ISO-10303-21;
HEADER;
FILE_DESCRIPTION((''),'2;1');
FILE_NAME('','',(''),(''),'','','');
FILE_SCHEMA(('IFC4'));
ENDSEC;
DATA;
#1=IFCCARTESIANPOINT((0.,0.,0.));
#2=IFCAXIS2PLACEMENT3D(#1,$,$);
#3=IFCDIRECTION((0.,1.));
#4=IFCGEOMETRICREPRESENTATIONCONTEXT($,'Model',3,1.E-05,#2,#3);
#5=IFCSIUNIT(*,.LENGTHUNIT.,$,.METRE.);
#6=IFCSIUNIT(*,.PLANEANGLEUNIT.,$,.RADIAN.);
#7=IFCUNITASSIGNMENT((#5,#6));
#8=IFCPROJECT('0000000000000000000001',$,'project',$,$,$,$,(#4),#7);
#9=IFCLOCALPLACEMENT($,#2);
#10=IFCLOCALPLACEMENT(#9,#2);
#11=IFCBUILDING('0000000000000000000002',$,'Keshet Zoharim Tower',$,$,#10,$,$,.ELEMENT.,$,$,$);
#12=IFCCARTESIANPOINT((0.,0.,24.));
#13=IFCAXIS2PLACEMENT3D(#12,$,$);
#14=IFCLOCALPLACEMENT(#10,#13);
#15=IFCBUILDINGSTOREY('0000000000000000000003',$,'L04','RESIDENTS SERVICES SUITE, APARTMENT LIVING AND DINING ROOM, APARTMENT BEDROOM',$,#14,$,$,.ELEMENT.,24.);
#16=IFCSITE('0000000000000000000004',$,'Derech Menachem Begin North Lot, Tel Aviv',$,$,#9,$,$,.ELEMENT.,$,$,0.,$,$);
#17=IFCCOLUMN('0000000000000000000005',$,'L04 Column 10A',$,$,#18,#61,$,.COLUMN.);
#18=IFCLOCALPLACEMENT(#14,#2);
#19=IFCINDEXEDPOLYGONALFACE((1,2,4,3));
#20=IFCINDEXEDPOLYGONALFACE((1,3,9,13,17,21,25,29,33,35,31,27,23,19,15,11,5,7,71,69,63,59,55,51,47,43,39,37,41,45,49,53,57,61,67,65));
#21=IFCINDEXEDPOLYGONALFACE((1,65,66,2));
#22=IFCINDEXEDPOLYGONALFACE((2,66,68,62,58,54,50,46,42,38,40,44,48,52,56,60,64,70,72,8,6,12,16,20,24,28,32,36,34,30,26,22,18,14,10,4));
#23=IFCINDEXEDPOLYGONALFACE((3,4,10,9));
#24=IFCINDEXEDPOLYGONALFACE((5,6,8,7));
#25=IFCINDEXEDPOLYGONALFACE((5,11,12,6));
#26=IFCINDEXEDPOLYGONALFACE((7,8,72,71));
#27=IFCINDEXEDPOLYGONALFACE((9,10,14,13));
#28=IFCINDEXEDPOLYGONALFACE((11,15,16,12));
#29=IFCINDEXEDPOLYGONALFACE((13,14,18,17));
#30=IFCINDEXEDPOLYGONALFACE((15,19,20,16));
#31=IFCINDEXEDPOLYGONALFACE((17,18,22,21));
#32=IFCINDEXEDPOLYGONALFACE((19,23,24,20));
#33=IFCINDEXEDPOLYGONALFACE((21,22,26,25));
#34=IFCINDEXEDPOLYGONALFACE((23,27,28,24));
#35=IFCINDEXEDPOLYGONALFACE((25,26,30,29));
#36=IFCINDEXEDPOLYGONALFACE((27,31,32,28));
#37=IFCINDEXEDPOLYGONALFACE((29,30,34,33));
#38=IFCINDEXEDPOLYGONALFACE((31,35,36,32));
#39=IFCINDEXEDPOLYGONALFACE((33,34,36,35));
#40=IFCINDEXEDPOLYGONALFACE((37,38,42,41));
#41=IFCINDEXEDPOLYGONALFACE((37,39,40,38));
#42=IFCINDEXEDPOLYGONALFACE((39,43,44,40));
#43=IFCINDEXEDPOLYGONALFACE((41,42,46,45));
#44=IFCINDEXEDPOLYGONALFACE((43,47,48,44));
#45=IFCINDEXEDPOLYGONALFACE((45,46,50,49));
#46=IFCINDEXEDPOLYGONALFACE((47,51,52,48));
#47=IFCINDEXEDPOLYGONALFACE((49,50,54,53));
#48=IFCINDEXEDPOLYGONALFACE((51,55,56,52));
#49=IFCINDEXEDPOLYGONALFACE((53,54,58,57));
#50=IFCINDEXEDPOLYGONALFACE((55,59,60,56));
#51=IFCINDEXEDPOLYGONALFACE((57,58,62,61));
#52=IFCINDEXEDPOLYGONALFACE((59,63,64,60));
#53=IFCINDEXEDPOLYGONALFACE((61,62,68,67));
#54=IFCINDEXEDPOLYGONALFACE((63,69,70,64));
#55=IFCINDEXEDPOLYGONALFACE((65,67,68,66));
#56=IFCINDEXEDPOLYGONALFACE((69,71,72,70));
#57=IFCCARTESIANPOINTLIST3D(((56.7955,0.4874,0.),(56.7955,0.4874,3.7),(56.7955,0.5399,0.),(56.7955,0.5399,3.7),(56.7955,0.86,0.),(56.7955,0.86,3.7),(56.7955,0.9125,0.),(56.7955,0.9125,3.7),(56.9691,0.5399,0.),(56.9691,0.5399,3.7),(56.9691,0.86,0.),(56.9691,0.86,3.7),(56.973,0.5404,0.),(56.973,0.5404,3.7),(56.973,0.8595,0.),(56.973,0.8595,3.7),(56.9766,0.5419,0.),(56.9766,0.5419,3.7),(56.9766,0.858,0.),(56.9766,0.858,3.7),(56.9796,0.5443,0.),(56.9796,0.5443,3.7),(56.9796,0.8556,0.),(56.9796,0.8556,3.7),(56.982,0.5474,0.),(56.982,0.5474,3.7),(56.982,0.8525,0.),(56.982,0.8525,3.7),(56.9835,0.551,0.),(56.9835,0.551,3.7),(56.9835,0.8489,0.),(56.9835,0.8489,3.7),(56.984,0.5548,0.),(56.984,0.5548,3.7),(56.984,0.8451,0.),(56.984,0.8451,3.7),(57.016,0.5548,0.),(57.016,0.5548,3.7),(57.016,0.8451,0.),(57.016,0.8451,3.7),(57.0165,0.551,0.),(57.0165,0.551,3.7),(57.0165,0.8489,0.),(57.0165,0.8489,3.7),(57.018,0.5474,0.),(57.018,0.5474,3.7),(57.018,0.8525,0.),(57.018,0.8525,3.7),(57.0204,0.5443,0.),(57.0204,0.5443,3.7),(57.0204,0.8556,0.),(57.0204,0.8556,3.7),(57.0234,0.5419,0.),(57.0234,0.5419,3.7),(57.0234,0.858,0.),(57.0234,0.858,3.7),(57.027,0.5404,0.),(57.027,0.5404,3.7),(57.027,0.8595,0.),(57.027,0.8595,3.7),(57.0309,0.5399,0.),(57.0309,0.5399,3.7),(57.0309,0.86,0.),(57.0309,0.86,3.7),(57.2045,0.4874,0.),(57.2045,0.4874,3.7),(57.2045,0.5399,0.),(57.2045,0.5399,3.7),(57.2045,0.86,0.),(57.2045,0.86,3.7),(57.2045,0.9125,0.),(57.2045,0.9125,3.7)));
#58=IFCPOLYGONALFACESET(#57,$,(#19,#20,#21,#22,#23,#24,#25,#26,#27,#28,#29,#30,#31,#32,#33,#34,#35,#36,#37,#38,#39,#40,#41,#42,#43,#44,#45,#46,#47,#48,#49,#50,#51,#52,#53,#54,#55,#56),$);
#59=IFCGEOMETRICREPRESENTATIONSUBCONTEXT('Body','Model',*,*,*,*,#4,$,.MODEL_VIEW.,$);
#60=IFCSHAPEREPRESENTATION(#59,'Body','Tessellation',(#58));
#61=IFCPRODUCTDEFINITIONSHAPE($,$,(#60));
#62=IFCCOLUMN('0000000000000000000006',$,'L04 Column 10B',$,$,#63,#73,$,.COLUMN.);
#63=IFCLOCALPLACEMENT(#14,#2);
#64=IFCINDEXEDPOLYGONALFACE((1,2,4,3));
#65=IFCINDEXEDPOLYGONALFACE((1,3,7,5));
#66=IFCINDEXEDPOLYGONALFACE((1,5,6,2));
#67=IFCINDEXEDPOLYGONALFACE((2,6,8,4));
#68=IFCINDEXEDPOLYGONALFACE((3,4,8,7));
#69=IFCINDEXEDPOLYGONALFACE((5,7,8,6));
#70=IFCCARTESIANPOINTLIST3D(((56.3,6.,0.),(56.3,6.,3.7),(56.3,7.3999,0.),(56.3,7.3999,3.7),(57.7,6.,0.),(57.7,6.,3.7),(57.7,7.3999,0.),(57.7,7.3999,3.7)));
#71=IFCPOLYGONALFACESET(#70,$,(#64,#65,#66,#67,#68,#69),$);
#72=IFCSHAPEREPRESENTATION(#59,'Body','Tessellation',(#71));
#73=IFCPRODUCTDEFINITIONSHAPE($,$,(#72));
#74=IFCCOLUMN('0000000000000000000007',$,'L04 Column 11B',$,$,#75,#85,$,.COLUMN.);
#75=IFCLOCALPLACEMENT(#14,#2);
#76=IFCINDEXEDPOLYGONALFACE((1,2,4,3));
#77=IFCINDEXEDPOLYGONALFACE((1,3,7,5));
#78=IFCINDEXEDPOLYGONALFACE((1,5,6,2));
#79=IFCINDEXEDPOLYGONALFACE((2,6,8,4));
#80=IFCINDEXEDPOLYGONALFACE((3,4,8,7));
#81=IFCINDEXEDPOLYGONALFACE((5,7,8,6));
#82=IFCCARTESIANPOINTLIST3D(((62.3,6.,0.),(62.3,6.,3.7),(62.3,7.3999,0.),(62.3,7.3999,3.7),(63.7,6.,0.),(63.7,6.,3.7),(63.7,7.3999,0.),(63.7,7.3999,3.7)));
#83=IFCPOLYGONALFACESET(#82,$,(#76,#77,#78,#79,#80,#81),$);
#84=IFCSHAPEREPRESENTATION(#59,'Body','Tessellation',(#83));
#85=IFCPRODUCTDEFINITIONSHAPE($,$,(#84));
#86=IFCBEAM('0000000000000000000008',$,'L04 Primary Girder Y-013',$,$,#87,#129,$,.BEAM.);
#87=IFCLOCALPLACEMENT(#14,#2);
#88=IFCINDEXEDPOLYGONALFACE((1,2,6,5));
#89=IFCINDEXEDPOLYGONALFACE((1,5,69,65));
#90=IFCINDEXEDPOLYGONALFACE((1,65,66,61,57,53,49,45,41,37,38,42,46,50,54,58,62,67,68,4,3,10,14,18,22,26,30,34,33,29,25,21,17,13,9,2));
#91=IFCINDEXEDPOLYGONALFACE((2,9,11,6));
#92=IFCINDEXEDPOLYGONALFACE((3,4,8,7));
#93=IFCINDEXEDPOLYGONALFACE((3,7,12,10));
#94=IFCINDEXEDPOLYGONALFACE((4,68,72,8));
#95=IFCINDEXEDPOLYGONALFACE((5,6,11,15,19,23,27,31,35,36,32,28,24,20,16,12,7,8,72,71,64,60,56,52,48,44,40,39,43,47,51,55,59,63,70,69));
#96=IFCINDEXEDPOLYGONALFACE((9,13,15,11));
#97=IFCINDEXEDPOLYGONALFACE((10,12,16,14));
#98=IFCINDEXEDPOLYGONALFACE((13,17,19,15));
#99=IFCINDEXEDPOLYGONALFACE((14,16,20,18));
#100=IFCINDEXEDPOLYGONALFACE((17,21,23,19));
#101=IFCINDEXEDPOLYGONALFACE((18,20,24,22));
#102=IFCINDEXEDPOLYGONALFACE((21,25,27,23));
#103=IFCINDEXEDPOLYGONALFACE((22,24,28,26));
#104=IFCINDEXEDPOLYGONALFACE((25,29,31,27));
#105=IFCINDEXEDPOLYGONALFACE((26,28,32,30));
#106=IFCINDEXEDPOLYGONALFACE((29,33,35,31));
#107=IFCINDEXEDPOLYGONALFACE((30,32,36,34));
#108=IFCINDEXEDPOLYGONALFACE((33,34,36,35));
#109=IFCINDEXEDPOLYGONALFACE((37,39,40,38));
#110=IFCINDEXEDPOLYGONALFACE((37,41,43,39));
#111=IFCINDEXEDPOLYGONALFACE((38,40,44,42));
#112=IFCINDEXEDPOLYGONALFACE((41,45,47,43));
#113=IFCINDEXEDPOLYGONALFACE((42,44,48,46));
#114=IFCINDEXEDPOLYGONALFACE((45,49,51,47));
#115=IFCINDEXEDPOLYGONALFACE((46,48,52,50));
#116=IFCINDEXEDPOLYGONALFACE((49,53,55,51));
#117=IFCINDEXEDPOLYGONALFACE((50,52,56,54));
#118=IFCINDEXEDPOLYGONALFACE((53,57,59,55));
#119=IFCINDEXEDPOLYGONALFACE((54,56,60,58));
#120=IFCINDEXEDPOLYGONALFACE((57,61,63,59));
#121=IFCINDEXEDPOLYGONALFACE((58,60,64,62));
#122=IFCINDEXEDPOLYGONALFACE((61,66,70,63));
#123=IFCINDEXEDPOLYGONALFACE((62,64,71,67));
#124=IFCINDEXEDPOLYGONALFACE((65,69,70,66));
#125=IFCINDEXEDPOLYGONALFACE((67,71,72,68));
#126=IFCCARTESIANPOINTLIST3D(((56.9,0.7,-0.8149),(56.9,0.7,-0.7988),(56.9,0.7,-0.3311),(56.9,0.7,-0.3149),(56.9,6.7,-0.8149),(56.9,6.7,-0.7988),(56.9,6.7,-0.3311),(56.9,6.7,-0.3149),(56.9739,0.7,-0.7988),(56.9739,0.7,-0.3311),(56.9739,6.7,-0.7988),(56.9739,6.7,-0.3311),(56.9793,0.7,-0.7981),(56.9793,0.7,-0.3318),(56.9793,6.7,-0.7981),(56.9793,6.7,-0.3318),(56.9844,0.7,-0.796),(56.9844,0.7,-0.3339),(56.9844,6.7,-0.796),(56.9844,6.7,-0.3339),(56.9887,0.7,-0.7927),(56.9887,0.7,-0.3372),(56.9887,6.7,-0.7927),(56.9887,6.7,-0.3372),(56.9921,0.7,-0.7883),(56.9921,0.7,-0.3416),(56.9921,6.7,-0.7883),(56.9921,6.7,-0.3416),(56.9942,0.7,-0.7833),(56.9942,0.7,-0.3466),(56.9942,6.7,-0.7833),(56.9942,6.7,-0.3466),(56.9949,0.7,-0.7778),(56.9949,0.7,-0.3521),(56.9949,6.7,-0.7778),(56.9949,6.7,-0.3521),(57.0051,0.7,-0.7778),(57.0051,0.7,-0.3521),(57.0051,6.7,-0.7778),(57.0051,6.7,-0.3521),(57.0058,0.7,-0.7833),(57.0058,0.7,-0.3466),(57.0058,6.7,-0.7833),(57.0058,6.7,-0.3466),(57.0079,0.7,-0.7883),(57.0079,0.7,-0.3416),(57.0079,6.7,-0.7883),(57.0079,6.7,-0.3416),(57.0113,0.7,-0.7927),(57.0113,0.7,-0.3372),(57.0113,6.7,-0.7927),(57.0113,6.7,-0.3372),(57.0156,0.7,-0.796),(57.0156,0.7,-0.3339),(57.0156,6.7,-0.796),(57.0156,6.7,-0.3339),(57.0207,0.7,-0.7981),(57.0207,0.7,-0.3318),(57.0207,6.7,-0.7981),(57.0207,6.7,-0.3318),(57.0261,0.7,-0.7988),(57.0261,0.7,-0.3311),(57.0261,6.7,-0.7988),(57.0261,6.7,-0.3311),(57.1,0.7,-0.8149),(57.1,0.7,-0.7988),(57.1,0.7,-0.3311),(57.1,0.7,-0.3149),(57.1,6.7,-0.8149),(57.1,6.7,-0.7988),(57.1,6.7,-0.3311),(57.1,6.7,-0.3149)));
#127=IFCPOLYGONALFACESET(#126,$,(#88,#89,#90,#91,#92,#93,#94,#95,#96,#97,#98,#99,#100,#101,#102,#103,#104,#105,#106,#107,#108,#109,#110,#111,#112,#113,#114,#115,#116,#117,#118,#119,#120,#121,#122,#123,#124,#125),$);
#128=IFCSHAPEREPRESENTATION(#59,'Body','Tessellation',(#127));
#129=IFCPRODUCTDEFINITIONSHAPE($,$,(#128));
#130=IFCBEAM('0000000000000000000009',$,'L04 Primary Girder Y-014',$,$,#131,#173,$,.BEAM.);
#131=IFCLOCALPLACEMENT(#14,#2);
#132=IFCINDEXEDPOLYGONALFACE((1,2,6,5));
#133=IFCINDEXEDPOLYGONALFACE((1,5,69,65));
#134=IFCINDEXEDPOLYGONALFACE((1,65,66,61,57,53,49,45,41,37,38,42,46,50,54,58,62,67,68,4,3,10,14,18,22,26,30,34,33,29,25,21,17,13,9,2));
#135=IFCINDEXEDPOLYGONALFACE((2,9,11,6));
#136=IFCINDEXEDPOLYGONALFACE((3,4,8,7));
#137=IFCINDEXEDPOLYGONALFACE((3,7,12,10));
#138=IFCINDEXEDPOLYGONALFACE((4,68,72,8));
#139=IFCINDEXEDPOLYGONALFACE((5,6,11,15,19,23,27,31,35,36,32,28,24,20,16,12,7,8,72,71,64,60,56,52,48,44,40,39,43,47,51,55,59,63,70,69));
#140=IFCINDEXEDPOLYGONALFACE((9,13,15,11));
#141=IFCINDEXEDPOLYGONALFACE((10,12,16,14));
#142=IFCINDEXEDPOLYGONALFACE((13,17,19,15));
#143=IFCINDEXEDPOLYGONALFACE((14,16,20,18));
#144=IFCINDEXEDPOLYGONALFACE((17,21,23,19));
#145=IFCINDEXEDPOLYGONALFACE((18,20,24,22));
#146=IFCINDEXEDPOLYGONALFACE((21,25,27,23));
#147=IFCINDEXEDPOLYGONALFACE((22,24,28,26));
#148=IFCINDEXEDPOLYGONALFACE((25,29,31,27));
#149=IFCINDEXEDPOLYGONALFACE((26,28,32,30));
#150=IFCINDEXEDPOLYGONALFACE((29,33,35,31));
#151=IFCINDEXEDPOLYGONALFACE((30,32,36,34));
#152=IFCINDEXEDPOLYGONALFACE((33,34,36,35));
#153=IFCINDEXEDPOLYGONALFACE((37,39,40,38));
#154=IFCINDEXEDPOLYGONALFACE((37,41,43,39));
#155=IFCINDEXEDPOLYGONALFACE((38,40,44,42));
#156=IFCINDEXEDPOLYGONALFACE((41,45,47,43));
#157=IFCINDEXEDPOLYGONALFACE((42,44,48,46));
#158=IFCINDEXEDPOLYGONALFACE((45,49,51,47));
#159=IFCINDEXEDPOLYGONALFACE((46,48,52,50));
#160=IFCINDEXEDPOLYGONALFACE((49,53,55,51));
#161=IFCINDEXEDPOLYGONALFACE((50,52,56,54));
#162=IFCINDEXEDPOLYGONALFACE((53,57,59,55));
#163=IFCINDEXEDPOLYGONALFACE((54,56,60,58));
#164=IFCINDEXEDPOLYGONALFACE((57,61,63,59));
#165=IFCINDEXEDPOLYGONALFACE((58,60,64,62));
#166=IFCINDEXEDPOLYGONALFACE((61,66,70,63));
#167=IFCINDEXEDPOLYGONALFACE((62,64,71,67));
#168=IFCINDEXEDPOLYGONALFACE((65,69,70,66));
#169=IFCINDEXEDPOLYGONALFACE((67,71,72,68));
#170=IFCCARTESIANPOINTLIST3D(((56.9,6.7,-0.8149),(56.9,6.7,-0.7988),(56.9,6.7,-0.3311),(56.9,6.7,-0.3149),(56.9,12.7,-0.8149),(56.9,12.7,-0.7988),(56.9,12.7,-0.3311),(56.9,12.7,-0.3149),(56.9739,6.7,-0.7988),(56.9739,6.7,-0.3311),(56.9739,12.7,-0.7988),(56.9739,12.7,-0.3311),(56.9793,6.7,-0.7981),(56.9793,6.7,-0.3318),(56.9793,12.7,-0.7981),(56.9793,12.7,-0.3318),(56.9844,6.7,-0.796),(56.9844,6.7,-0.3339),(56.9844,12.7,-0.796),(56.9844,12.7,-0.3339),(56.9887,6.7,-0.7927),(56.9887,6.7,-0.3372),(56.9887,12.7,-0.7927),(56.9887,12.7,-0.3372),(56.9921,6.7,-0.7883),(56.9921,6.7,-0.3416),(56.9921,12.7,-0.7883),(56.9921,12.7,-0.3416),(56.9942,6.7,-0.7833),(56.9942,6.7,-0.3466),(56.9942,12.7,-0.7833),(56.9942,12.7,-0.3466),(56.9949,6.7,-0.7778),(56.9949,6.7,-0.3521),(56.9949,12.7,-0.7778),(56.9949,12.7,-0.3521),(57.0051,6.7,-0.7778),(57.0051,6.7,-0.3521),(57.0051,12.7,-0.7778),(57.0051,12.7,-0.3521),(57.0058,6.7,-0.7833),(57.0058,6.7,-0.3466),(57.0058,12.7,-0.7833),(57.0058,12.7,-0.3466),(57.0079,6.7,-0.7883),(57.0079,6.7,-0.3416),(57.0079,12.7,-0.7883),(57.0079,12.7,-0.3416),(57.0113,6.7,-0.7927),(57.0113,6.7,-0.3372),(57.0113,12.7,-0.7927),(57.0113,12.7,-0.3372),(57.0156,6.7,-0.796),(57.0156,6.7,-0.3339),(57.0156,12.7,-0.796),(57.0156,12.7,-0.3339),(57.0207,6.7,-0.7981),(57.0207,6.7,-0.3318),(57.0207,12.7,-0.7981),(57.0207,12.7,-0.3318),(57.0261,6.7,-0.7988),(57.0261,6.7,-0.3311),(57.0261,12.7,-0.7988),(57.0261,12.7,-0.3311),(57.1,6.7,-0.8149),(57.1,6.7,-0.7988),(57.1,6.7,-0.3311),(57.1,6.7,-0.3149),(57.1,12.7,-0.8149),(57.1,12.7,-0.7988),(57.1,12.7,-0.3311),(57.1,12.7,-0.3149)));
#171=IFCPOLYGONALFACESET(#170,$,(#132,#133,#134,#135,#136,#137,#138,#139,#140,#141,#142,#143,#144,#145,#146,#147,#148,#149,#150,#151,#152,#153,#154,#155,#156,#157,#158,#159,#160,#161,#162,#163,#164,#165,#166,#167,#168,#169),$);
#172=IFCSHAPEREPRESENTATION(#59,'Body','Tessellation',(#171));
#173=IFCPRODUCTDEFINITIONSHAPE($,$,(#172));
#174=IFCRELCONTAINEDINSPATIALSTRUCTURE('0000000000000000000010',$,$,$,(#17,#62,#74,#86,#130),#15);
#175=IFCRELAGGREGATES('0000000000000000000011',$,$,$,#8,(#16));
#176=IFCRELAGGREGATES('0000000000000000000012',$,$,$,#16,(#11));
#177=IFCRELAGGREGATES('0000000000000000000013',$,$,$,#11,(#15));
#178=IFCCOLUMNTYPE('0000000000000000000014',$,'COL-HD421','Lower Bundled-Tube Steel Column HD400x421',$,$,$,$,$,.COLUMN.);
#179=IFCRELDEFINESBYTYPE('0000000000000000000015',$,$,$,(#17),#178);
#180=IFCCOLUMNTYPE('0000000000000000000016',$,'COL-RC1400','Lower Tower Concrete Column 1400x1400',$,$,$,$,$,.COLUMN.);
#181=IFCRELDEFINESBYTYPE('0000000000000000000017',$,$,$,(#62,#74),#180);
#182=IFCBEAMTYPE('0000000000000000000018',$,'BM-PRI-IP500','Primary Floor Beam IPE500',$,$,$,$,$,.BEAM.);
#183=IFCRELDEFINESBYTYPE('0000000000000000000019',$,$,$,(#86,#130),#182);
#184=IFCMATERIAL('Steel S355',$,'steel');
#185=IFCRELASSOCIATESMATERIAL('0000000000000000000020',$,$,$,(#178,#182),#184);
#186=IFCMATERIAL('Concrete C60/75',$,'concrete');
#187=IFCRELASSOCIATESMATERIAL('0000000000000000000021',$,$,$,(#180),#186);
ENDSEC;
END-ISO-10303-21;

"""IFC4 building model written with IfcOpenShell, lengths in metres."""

from ifc_helpers import new_model, si_unit, direction, frame, origin, origin_2d, place, context, subcontext, project, spatial, rectangle, i_section, extrude, material, material_profile, profile_set, type_object, element, save


model = new_model("IFC4")

# Units and contexts
model_context = context("Model", 3, precision=1e-05, world=origin(), true_north=direction((0.0, 1.0)))
body_context = subcontext(model_context, "Body", "Model", "MODEL_VIEW")
ifc_project = project(units=[si_unit("LENGTHUNIT", "METRE"), si_unit("PLANEANGLEUNIT", "RADIAN")], contexts=[model_context])

# Site, building, storey
site_placement = place(None, origin())
site = spatial("IfcSite", under=ifc_project, at=site_placement, Name="Derech Menachem Begin North Lot, Tel Aviv", CompositionType="ELEMENT", RefElevation=0.0)
building_placement = place(site_placement, origin())
building = spatial("IfcBuilding", under=site, at=building_placement, Name="Keshet Zoharim Tower", CompositionType="ELEMENT")
storey_placement = place(building_placement, frame((0.0, 0.0, 24.0)))
storey = spatial("IfcBuildingStorey", under=building, at=storey_placement, Name="L04", Description="RESIDENTS SERVICES SUITE, APARTMENT LIVING AND DINING ROOM, APARTMENT BEDROOM", CompositionType="ELEMENT", Elevation=24.0)

# Columns
ifc_material_1 = material(Name="Steel S355", Category="steel")
ifc_material_profile_1 = material_profile(ifc_material_1, i_section(OverallWidth=0.4089, OverallDepth=0.425, WebThickness=0.032, FlangeThickness=0.0525, FilletRadius=0.0149, at=origin_2d()), Name="HD400x421")
ifc_profile_set_1 = profile_set([ifc_material_profile_1], Name="Steel S355")
column_type_1 = type_object("IfcColumnType", Name="COL-HD421", Description="Lower Bundled-Tube Steel Column HD400x421", PredefinedType="COLUMN", material=ifc_profile_set_1)
column_placement = place(storey_placement, frame((57.0, 0.7, 0.0), z_axis=(0.0, 0.0, 1.0), x_axis=(1.0, 0.0, 0.0)))
element("IfcColumn", 1, at=column_placement, inside=storey, type_object=column_type_1, Name="L04 Column 10A", PredefinedType="COLUMN", context=body_context, shape_type="SweptSolid", body=[
    extrude(i_section(OverallWidth=0.4089, OverallDepth=0.425, WebThickness=0.032, FlangeThickness=0.0525, FilletRadius=0.0149, at=origin_2d()), origin(), (0.0, 0.0, 1.0), 3.7),
])
ifc_material_2 = material(Name="Concrete C60/75", Category="concrete")
ifc_material_profile_2 = material_profile(ifc_material_2, rectangle(XDim=1.3999, YDim=1.3999, at=origin_2d()), Name="RC1400x1400")
ifc_profile_set_2 = profile_set([ifc_material_profile_2], Name="Concrete C60/75")
column_type_2 = type_object("IfcColumnType", Name="COL-RC1400", Description="Lower Tower Concrete Column 1400x1400", PredefinedType="COLUMN", material=ifc_profile_set_2)
for number, where, z_axis, x_axis, name in (
    (2, (57.0, 6.7, 0.0), (0.0, 0.0, 1.0), (1.0, 0.0, 0.0), "L04 Column 10B"),
    (3, (63.0, 6.7, 0.0), (0.0, 0.0, 1.0), (1.0, 0.0, 0.0), "L04 Column 11B"),
):
    element("IfcColumn", number, at=place(storey_placement, frame(where, z_axis=z_axis, x_axis=x_axis)), inside=storey, type_object=column_type_2, Name=name, PredefinedType="COLUMN", context=body_context, shape_type="SweptSolid", body=[
        extrude(rectangle(XDim=1.3999, YDim=1.3999, at=origin_2d()), origin(), (0.0, 0.0, 1.0), 3.7),
    ])

# Beams
ifc_material_profile_3 = material_profile(ifc_material_1, i_section(OverallWidth=0.2, OverallDepth=0.5, WebThickness=0.0103, FlangeThickness=0.0161, FilletRadius=0.021, at=origin_2d()), Name="IPE500")
ifc_profile_set_3 = profile_set([ifc_material_profile_3], Name="Steel S355")
beam_type_1 = type_object("IfcBeamType", Name="BM-PRI-IP500", Description="Primary Floor Beam IPE500", PredefinedType="BEAM", material=ifc_profile_set_3)
for number, where, z_axis, x_axis, name in (
    (4, (57.0, 0.7, -0.5649), (0.0, 1.0, 0.0), (-1.0, 0.0, 0.0), "L04 Primary Girder Y-013"),
    (5, (57.0, 6.7, -0.5649), (0.0, 1.0, 0.0), (-1.0, 0.0, 0.0), "L04 Primary Girder Y-014"),
):
    element("IfcBeam", number, at=place(storey_placement, frame(where, z_axis=z_axis, x_axis=x_axis)), inside=storey, type_object=beam_type_1, Name=name, PredefinedType="BEAM", context=body_context, shape_type="SweptSolid", body=[
        extrude(i_section(OverallWidth=0.2, OverallDepth=0.5, WebThickness=0.0103, FlangeThickness=0.0161, FilletRadius=0.021, at=origin_2d()), origin(), (0.0, 0.0, 1.0), 6.0),
    ])

save(model, "model.ifc")
